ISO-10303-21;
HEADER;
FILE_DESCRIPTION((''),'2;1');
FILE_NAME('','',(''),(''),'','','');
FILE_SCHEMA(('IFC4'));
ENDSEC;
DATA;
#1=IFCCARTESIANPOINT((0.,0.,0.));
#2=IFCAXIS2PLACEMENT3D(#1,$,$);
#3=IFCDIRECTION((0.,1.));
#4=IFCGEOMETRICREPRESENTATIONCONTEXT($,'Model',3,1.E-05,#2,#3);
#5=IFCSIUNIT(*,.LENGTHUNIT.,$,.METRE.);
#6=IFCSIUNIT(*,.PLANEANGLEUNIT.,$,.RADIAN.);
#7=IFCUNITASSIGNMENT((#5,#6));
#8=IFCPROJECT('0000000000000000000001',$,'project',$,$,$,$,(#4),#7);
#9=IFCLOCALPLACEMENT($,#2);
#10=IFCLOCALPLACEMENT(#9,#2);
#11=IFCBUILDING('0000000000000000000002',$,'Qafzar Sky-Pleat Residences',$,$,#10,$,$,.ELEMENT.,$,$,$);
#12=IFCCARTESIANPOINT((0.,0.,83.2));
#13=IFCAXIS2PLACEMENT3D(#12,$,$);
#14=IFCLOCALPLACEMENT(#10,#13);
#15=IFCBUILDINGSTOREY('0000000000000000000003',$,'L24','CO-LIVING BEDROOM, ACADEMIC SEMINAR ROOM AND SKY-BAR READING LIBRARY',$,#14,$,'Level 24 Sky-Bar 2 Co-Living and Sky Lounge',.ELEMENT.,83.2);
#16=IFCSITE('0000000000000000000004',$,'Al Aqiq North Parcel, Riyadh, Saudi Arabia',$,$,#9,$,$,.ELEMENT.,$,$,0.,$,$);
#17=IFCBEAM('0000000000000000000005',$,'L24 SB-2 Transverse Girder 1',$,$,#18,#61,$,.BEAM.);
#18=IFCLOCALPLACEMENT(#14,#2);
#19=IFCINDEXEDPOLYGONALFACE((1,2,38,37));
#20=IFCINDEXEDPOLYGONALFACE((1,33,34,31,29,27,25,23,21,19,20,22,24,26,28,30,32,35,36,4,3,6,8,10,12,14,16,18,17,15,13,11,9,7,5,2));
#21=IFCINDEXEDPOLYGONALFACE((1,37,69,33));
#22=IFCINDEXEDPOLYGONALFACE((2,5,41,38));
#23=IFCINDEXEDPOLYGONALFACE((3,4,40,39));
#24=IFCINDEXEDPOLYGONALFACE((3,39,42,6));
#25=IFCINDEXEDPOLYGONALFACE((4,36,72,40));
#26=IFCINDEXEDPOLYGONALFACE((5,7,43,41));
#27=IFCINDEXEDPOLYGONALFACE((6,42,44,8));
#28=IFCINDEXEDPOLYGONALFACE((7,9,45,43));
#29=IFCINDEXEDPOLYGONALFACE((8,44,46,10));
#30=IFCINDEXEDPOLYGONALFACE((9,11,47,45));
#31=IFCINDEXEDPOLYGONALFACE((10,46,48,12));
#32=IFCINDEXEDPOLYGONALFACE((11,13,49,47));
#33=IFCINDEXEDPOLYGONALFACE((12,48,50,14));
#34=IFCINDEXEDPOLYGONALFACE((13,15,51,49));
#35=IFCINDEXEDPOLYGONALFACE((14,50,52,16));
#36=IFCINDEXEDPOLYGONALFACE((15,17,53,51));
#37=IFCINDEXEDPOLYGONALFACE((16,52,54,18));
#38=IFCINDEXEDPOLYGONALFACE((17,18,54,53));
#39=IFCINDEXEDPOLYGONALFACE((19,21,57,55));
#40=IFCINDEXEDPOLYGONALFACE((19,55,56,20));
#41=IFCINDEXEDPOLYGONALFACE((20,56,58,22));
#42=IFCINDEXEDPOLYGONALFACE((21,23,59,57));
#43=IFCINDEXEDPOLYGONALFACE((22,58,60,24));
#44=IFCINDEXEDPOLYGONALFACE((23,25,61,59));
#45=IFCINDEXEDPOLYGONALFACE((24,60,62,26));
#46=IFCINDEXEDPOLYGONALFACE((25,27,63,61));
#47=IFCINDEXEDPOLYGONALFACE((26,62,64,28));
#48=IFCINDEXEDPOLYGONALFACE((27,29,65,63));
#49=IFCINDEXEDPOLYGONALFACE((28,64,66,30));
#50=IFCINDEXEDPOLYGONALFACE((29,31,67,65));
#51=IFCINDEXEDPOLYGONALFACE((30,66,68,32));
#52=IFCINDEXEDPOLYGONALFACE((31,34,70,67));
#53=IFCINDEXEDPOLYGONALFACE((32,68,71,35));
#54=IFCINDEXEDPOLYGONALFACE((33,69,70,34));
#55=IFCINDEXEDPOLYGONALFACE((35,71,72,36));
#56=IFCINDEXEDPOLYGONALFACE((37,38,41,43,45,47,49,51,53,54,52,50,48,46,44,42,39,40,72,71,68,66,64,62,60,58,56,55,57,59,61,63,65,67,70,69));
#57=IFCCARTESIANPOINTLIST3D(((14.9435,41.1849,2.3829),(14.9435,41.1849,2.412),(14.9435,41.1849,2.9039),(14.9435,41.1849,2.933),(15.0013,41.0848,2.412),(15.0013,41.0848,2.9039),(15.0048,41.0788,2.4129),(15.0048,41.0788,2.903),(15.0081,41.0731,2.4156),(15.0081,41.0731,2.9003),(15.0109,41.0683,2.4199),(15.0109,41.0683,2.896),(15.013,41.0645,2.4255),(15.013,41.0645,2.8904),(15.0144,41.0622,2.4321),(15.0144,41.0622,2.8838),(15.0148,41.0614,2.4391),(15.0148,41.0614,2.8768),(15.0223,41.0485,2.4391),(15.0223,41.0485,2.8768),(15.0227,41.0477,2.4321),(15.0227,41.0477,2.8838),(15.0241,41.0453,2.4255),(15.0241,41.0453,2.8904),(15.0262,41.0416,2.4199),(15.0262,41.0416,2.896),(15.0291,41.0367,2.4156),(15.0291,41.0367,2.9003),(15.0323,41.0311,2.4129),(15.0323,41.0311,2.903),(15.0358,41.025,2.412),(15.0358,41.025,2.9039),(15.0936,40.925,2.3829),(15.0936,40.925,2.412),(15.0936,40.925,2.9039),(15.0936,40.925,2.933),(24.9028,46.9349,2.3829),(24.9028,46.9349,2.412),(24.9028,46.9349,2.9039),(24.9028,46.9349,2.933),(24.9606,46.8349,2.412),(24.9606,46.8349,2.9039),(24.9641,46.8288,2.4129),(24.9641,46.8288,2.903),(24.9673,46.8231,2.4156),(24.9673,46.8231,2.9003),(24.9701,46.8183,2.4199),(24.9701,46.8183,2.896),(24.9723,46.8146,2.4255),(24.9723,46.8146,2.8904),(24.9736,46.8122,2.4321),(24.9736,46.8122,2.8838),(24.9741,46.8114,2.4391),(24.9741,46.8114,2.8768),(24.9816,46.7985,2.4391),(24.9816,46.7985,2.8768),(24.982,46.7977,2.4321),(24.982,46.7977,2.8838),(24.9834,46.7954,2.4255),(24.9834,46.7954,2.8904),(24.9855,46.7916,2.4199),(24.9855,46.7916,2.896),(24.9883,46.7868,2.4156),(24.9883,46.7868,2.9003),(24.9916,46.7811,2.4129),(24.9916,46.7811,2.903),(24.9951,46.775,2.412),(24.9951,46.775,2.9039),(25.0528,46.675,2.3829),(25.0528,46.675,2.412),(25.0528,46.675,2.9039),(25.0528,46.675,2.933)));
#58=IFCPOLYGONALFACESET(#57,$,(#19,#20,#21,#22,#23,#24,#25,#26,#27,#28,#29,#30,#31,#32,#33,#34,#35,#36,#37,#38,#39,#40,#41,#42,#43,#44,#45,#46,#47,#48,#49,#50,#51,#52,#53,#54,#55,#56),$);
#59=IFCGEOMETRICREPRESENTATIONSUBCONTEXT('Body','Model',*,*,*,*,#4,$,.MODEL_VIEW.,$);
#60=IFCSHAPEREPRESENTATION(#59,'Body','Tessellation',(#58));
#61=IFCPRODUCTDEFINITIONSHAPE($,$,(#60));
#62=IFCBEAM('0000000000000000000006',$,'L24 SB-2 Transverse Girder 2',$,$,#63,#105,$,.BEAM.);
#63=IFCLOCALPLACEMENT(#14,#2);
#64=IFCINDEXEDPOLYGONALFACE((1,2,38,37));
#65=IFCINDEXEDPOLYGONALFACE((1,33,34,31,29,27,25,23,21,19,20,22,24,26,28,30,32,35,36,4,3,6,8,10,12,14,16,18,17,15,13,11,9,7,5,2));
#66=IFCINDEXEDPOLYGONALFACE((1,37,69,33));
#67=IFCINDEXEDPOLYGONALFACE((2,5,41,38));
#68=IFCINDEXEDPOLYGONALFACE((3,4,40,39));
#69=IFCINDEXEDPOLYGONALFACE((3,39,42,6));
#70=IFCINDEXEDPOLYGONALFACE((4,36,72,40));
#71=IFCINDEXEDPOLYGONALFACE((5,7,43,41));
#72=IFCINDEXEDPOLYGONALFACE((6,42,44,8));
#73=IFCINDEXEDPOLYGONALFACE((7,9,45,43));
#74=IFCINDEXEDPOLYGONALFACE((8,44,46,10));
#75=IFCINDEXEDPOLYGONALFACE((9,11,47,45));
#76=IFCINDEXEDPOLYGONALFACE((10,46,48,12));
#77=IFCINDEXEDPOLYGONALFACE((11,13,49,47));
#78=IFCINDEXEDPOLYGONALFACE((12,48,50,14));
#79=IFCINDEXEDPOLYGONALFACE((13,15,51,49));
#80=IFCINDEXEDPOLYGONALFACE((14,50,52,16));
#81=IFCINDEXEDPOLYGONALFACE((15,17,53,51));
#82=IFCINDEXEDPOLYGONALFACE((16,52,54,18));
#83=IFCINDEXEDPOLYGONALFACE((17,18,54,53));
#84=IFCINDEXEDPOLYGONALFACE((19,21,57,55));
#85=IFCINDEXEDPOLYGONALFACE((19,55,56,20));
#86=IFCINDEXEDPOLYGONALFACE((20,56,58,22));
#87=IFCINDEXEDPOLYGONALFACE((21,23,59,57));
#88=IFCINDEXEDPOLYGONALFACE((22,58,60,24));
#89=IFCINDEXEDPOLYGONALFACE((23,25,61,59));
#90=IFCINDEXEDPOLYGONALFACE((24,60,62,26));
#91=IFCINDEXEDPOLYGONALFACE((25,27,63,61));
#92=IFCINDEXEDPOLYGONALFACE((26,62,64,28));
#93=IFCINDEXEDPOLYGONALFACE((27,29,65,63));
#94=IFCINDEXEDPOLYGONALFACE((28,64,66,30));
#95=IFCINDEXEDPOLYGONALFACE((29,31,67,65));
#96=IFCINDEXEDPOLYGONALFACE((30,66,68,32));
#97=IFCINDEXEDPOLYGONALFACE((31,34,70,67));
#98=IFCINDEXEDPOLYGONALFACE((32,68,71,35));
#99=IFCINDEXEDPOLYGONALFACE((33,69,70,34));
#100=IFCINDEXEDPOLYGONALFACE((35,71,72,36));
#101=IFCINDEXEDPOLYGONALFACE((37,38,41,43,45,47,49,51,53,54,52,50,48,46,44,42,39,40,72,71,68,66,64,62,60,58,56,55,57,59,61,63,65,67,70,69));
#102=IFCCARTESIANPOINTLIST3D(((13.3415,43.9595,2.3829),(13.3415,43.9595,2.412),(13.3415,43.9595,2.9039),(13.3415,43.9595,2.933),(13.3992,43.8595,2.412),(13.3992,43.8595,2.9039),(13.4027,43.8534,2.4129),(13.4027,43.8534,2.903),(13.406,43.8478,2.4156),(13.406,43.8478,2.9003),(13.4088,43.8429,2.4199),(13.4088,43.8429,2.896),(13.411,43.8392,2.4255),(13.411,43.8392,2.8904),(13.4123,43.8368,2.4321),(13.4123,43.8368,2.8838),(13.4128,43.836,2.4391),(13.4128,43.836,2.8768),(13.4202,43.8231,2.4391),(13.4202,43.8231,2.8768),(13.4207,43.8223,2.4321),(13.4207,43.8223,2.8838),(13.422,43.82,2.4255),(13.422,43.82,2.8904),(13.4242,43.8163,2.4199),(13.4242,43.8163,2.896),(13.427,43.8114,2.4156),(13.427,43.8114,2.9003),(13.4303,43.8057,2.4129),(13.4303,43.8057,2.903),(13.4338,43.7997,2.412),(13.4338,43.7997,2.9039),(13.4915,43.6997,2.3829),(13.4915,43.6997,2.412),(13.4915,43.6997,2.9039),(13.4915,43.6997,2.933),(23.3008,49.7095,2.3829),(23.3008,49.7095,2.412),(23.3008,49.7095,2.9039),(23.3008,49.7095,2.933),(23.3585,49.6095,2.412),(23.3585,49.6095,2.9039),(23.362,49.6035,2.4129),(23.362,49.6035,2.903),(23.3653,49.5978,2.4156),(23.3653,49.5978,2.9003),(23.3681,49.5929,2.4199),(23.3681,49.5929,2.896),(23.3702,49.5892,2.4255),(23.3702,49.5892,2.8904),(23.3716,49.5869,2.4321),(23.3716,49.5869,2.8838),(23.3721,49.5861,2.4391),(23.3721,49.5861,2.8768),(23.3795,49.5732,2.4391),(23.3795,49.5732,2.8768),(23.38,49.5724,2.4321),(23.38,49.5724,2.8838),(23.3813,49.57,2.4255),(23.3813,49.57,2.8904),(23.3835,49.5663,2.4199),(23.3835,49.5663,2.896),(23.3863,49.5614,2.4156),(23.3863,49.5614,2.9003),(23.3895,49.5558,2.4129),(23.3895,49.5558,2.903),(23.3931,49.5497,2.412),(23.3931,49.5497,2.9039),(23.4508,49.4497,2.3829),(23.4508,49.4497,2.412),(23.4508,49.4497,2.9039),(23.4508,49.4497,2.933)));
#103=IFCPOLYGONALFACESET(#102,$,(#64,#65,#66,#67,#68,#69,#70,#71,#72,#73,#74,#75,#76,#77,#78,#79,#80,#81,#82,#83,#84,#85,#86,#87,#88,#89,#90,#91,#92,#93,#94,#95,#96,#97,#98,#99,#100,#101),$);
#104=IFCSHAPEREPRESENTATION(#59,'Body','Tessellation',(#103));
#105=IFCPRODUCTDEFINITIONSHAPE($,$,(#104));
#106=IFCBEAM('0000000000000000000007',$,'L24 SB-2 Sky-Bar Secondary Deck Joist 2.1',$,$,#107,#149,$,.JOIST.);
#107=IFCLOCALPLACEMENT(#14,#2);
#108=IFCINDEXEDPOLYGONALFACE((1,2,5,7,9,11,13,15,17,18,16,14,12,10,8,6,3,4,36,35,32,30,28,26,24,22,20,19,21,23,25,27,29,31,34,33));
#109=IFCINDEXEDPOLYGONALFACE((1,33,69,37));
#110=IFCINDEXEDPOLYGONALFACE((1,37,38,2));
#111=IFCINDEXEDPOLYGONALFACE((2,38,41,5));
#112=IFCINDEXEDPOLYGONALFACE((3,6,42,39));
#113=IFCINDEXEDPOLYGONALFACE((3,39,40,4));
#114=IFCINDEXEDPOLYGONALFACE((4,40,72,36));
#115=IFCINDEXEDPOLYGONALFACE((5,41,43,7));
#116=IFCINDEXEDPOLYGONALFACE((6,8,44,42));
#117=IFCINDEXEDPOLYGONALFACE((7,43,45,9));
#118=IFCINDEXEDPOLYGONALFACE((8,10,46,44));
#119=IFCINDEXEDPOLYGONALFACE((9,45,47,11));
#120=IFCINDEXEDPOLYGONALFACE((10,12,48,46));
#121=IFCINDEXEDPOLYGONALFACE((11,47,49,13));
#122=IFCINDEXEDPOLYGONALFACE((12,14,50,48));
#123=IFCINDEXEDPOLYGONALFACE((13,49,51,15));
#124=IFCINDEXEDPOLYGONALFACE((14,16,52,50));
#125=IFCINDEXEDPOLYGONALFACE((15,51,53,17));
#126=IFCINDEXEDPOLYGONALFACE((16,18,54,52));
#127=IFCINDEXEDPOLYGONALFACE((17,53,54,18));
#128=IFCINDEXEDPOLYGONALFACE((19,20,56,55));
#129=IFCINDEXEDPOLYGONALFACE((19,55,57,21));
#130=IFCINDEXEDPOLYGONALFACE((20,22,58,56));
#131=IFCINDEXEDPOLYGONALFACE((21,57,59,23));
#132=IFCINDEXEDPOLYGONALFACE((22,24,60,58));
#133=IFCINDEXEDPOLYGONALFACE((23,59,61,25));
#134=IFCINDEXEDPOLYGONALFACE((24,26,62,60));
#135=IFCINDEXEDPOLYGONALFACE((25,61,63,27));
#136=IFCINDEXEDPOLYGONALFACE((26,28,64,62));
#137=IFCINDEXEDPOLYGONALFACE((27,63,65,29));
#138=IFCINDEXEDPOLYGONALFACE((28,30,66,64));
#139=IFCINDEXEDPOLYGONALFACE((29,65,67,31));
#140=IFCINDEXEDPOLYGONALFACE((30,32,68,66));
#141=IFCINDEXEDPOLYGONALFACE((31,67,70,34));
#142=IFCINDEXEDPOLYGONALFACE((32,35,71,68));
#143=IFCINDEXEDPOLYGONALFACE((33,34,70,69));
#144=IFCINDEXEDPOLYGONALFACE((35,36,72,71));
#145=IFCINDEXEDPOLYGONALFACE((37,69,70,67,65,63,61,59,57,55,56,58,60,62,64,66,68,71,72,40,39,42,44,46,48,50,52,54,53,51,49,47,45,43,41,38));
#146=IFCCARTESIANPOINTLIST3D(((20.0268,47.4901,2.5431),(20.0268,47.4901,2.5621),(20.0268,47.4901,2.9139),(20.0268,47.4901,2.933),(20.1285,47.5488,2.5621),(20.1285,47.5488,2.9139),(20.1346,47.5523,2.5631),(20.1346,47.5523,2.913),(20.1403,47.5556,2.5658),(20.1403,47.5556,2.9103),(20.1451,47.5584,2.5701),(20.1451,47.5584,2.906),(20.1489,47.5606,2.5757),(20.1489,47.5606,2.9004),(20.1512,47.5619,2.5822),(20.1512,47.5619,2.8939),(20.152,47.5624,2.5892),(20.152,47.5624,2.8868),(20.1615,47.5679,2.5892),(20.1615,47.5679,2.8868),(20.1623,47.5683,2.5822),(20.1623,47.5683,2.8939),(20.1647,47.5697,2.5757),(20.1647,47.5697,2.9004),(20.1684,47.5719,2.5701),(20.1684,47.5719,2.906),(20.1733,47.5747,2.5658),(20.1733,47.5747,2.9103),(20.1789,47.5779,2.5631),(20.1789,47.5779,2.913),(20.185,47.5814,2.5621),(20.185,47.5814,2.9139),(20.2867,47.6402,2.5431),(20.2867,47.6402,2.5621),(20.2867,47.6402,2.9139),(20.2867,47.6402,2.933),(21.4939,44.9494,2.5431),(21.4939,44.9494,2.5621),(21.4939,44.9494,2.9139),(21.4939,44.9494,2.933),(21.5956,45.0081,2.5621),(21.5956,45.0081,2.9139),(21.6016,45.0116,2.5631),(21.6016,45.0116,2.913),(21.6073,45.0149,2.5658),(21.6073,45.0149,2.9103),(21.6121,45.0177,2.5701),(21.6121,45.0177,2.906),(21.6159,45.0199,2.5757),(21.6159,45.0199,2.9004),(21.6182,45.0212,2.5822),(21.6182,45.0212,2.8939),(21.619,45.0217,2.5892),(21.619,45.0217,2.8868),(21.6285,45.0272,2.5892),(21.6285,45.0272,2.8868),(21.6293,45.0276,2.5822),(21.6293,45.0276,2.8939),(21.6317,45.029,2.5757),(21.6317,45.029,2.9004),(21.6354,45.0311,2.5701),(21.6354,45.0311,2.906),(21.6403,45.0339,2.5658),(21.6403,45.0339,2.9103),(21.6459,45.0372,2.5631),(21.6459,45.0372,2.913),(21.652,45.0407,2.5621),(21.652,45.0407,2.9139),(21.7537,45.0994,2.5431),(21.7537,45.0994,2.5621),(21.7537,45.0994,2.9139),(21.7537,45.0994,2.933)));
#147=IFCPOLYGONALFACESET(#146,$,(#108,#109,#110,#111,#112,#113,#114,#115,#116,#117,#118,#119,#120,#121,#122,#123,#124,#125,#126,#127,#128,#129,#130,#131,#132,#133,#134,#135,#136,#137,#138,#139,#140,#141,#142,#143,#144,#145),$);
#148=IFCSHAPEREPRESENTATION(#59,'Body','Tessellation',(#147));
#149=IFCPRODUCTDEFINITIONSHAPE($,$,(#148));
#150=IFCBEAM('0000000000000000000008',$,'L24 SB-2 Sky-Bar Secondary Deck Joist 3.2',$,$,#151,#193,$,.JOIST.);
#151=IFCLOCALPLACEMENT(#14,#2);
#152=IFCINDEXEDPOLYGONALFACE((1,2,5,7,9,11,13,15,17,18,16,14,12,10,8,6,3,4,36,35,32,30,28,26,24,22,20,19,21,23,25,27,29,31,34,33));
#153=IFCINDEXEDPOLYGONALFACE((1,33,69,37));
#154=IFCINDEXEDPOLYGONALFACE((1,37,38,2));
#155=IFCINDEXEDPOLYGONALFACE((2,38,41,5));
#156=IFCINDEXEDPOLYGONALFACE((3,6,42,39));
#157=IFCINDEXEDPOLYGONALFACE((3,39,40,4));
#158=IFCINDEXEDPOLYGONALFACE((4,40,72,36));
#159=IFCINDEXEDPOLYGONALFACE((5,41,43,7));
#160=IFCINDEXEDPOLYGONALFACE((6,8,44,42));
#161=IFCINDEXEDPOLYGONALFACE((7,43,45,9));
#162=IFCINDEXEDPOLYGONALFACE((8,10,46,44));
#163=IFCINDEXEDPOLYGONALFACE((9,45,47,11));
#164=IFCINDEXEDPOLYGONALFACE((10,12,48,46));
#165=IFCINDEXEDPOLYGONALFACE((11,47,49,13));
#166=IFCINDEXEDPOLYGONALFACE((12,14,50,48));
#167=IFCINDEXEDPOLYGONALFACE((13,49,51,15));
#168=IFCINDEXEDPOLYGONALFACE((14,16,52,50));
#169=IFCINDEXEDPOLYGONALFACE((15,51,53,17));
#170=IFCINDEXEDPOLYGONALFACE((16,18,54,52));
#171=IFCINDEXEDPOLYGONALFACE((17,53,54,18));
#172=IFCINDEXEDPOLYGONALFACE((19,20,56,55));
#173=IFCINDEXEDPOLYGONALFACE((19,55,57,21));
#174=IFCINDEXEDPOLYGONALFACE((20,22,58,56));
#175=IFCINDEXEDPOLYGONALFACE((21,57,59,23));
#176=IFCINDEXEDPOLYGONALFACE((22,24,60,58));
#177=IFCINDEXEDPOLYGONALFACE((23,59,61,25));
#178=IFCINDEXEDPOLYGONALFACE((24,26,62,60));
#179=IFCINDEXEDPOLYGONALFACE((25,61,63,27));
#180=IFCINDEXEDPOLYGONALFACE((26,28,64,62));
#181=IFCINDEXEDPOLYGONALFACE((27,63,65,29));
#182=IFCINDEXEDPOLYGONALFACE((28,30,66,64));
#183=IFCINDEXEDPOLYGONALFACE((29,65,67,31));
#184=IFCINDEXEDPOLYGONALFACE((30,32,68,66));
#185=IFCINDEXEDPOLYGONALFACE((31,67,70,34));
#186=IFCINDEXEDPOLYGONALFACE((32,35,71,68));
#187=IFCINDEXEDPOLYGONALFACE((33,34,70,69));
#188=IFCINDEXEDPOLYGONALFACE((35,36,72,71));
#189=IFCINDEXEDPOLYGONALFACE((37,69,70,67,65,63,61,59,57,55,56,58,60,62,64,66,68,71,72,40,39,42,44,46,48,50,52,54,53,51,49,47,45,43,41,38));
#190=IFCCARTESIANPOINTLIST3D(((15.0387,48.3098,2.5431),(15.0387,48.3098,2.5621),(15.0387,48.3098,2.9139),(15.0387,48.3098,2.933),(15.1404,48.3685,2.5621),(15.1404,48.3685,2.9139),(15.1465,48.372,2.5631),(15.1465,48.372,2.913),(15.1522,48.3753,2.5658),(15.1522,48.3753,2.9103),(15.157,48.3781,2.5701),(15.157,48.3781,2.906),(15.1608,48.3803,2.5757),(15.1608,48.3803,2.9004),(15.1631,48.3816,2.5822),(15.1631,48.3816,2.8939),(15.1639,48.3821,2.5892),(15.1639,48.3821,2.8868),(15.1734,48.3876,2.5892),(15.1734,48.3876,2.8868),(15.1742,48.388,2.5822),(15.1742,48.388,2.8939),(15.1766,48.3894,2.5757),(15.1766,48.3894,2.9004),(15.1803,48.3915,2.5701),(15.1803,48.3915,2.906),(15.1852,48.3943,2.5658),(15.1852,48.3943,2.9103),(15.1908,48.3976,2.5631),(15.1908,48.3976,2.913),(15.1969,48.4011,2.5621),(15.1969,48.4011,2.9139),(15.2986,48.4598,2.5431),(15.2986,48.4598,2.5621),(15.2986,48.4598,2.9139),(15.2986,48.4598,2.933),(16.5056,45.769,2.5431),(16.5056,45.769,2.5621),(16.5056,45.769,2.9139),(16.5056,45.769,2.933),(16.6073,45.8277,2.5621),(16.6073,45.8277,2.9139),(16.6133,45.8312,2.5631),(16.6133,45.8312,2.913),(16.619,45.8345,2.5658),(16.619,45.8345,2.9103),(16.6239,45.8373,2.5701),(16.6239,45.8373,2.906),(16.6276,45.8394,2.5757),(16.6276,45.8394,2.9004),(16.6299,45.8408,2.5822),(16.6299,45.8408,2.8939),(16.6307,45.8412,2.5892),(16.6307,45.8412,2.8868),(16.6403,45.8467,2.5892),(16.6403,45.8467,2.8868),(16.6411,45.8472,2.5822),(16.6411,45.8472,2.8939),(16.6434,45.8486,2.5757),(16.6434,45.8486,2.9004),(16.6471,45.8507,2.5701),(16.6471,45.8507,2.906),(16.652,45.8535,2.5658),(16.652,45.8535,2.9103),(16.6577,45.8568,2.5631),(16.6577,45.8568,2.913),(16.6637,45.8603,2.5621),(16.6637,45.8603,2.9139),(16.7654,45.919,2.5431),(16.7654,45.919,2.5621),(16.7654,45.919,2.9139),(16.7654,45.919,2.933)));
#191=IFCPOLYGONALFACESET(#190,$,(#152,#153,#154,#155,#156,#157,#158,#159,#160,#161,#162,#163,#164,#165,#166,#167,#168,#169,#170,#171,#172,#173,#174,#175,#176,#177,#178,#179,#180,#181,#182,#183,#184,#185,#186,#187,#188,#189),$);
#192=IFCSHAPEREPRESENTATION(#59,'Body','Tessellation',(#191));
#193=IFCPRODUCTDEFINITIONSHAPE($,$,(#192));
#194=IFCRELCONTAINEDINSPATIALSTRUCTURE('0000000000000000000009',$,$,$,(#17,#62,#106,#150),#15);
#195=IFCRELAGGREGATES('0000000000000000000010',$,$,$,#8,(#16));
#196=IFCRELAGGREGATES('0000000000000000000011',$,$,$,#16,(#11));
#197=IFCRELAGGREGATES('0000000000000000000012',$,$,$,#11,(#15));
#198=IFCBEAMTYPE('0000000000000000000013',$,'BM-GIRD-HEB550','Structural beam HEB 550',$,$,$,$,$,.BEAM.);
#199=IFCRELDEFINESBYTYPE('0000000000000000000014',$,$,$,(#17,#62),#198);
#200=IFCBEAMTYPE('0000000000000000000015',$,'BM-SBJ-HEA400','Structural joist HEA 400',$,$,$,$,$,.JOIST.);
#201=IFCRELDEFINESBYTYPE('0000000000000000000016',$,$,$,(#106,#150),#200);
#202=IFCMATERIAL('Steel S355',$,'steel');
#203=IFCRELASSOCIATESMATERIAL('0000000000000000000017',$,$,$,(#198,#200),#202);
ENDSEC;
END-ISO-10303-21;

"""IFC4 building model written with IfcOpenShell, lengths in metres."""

from ifc_helpers import new_model, si_unit, direction, frame, origin, origin_2d, place, context, subcontext, project, spatial, i_section, extrude, source, transform, mapped, material, material_profile, profile_set, type_object, element, save


model = new_model("IFC4")

# Units and contexts
model_context = context("Model", 3, precision=1e-05, world=origin(), true_north=direction((0.0, 1.0)))
body_context = subcontext(model_context, "Body", "Model", "MODEL_VIEW")
ifc_project = project(units=[si_unit("LENGTHUNIT", "METRE"), si_unit("PLANEANGLEUNIT", "RADIAN")], contexts=[model_context])

# Site, building, storey
site_placement = place(None, origin())
site = spatial("IfcSite", under=ifc_project, at=site_placement, Name="Al Aqiq North Parcel, Riyadh, Saudi Arabia", CompositionType="ELEMENT", RefElevation=0.0)
building_placement = place(site_placement, origin())
building = spatial("IfcBuilding", under=site, at=building_placement, Name="Qafzar Sky-Pleat Residences", CompositionType="ELEMENT")
storey_placement = place(building_placement, frame((0.0, 0.0, 83.2)))
storey = spatial("IfcBuildingStorey", under=building, at=storey_placement, Name="L24", Description="CO-LIVING BEDROOM, ACADEMIC SEMINAR ROOM AND SKY-BAR READING LIBRARY", LongName="Level 24 Sky-Bar 2 Co-Living and Sky Lounge", CompositionType="ELEMENT", Elevation=83.2)

# Shared definitions
ifc_material_1 = material(Name="Steel S355", Category="steel")

# Beams
ifc_material_profile_1 = material_profile(ifc_material_1, i_section(OverallWidth=0.3, OverallDepth=0.55, WebThickness=0.0149, FlangeThickness=0.0291, FilletRadius=0.0271, at=origin_2d()), Name="HEB 550")
ifc_profile_set_1 = profile_set([ifc_material_profile_1], Name="Steel S355")
beam_type_1 = type_object("IfcBeamType", Name="BM-GIRD-HEB550", Description="Structural beam HEB 550", PredefinedType="BEAM", material=ifc_profile_set_1)
shared_shape_1 = source(origin(), body_context, "Body", "SweptSolid", [
    extrude(i_section(OverallWidth=0.3, OverallDepth=0.55, WebThickness=0.0149, FlangeThickness=0.0291, FilletRadius=0.0271, at=origin_2d()), origin(), (0.0, 0.0, 1.0), 11.5),
])
for number, where, z_axis, x_axis, name in (
    (1, (15.0186, 41.0549, 2.658), (0.866024, 0.500002, 0.0), (-0.500002, 0.866024, 0.0), "L24 SB-2 Transverse Girder 1"),
    (2, (13.4165, 43.8296, 2.658), (0.866024, 0.500002, 0.0), (-0.500002, 0.866024, 0.0), "L24 SB-2 Transverse Girder 2"),
):
    element("IfcBeam", number, at=place(storey_placement, frame(where, z_axis=z_axis, x_axis=x_axis)), inside=storey, type_object=beam_type_1, Name=name, PredefinedType="BEAM", context=body_context, shape_type="MappedRepresentation", body=[
        mapped(shared_shape_1, transform((0.0, 0.0, 0.0), x_axis=(1.0, 0.0, 0.0), y_axis=(0.0, 1.0, 0.0), z_axis=(0.0, 0.0, 1.0), scale=1.0)),
    ])
ifc_material_profile_2 = material_profile(ifc_material_1, i_section(OverallWidth=0.3, OverallDepth=0.3899, WebThickness=0.011, FlangeThickness=0.019, FilletRadius=0.0271, at=origin_2d()), Name="HEA 400")
ifc_profile_set_2 = profile_set([ifc_material_profile_2], Name="Steel S355")
beam_type_2 = type_object("IfcBeamType", Name="BM-SBJ-HEA400", Description="Structural joist HEA 400", PredefinedType="JOIST", material=ifc_profile_set_2)
shared_shape_2 = source(origin(), body_context, "Body", "SweptSolid", [
    extrude(i_section(OverallWidth=0.3, OverallDepth=0.3899, WebThickness=0.011, FlangeThickness=0.019, FilletRadius=0.0271, at=origin_2d()), origin(), (0.0, 0.0, 1.0), 2.9338),
])
for number, where, z_axis, x_axis, name in (
    (3, (21.6238, 45.0244, 2.738), (-0.500032, 0.866007, 0.0), (-0.866007, -0.500032, 0.0), "L24 SB-2 Sky-Bar Secondary Deck Joist 2.1"),
    (4, (16.6355, 45.844, 2.738), (-0.49997, 0.866043, 0.0), (-0.866043, -0.49997, 0.0), "L24 SB-2 Sky-Bar Secondary Deck Joist 3.2"),
):
    element("IfcBeam", number, at=place(storey_placement, frame(where, z_axis=z_axis, x_axis=x_axis)), inside=storey, type_object=beam_type_2, Name=name, PredefinedType="JOIST", context=body_context, shape_type="MappedRepresentation", body=[
        mapped(shared_shape_2, transform((0.0, 0.0, 0.0), x_axis=(1.0, 0.0, 0.0), y_axis=(0.0, 1.0, 0.0), z_axis=(0.0, 0.0, 1.0), scale=1.0)),
    ])

save(model, "model.ifc")
